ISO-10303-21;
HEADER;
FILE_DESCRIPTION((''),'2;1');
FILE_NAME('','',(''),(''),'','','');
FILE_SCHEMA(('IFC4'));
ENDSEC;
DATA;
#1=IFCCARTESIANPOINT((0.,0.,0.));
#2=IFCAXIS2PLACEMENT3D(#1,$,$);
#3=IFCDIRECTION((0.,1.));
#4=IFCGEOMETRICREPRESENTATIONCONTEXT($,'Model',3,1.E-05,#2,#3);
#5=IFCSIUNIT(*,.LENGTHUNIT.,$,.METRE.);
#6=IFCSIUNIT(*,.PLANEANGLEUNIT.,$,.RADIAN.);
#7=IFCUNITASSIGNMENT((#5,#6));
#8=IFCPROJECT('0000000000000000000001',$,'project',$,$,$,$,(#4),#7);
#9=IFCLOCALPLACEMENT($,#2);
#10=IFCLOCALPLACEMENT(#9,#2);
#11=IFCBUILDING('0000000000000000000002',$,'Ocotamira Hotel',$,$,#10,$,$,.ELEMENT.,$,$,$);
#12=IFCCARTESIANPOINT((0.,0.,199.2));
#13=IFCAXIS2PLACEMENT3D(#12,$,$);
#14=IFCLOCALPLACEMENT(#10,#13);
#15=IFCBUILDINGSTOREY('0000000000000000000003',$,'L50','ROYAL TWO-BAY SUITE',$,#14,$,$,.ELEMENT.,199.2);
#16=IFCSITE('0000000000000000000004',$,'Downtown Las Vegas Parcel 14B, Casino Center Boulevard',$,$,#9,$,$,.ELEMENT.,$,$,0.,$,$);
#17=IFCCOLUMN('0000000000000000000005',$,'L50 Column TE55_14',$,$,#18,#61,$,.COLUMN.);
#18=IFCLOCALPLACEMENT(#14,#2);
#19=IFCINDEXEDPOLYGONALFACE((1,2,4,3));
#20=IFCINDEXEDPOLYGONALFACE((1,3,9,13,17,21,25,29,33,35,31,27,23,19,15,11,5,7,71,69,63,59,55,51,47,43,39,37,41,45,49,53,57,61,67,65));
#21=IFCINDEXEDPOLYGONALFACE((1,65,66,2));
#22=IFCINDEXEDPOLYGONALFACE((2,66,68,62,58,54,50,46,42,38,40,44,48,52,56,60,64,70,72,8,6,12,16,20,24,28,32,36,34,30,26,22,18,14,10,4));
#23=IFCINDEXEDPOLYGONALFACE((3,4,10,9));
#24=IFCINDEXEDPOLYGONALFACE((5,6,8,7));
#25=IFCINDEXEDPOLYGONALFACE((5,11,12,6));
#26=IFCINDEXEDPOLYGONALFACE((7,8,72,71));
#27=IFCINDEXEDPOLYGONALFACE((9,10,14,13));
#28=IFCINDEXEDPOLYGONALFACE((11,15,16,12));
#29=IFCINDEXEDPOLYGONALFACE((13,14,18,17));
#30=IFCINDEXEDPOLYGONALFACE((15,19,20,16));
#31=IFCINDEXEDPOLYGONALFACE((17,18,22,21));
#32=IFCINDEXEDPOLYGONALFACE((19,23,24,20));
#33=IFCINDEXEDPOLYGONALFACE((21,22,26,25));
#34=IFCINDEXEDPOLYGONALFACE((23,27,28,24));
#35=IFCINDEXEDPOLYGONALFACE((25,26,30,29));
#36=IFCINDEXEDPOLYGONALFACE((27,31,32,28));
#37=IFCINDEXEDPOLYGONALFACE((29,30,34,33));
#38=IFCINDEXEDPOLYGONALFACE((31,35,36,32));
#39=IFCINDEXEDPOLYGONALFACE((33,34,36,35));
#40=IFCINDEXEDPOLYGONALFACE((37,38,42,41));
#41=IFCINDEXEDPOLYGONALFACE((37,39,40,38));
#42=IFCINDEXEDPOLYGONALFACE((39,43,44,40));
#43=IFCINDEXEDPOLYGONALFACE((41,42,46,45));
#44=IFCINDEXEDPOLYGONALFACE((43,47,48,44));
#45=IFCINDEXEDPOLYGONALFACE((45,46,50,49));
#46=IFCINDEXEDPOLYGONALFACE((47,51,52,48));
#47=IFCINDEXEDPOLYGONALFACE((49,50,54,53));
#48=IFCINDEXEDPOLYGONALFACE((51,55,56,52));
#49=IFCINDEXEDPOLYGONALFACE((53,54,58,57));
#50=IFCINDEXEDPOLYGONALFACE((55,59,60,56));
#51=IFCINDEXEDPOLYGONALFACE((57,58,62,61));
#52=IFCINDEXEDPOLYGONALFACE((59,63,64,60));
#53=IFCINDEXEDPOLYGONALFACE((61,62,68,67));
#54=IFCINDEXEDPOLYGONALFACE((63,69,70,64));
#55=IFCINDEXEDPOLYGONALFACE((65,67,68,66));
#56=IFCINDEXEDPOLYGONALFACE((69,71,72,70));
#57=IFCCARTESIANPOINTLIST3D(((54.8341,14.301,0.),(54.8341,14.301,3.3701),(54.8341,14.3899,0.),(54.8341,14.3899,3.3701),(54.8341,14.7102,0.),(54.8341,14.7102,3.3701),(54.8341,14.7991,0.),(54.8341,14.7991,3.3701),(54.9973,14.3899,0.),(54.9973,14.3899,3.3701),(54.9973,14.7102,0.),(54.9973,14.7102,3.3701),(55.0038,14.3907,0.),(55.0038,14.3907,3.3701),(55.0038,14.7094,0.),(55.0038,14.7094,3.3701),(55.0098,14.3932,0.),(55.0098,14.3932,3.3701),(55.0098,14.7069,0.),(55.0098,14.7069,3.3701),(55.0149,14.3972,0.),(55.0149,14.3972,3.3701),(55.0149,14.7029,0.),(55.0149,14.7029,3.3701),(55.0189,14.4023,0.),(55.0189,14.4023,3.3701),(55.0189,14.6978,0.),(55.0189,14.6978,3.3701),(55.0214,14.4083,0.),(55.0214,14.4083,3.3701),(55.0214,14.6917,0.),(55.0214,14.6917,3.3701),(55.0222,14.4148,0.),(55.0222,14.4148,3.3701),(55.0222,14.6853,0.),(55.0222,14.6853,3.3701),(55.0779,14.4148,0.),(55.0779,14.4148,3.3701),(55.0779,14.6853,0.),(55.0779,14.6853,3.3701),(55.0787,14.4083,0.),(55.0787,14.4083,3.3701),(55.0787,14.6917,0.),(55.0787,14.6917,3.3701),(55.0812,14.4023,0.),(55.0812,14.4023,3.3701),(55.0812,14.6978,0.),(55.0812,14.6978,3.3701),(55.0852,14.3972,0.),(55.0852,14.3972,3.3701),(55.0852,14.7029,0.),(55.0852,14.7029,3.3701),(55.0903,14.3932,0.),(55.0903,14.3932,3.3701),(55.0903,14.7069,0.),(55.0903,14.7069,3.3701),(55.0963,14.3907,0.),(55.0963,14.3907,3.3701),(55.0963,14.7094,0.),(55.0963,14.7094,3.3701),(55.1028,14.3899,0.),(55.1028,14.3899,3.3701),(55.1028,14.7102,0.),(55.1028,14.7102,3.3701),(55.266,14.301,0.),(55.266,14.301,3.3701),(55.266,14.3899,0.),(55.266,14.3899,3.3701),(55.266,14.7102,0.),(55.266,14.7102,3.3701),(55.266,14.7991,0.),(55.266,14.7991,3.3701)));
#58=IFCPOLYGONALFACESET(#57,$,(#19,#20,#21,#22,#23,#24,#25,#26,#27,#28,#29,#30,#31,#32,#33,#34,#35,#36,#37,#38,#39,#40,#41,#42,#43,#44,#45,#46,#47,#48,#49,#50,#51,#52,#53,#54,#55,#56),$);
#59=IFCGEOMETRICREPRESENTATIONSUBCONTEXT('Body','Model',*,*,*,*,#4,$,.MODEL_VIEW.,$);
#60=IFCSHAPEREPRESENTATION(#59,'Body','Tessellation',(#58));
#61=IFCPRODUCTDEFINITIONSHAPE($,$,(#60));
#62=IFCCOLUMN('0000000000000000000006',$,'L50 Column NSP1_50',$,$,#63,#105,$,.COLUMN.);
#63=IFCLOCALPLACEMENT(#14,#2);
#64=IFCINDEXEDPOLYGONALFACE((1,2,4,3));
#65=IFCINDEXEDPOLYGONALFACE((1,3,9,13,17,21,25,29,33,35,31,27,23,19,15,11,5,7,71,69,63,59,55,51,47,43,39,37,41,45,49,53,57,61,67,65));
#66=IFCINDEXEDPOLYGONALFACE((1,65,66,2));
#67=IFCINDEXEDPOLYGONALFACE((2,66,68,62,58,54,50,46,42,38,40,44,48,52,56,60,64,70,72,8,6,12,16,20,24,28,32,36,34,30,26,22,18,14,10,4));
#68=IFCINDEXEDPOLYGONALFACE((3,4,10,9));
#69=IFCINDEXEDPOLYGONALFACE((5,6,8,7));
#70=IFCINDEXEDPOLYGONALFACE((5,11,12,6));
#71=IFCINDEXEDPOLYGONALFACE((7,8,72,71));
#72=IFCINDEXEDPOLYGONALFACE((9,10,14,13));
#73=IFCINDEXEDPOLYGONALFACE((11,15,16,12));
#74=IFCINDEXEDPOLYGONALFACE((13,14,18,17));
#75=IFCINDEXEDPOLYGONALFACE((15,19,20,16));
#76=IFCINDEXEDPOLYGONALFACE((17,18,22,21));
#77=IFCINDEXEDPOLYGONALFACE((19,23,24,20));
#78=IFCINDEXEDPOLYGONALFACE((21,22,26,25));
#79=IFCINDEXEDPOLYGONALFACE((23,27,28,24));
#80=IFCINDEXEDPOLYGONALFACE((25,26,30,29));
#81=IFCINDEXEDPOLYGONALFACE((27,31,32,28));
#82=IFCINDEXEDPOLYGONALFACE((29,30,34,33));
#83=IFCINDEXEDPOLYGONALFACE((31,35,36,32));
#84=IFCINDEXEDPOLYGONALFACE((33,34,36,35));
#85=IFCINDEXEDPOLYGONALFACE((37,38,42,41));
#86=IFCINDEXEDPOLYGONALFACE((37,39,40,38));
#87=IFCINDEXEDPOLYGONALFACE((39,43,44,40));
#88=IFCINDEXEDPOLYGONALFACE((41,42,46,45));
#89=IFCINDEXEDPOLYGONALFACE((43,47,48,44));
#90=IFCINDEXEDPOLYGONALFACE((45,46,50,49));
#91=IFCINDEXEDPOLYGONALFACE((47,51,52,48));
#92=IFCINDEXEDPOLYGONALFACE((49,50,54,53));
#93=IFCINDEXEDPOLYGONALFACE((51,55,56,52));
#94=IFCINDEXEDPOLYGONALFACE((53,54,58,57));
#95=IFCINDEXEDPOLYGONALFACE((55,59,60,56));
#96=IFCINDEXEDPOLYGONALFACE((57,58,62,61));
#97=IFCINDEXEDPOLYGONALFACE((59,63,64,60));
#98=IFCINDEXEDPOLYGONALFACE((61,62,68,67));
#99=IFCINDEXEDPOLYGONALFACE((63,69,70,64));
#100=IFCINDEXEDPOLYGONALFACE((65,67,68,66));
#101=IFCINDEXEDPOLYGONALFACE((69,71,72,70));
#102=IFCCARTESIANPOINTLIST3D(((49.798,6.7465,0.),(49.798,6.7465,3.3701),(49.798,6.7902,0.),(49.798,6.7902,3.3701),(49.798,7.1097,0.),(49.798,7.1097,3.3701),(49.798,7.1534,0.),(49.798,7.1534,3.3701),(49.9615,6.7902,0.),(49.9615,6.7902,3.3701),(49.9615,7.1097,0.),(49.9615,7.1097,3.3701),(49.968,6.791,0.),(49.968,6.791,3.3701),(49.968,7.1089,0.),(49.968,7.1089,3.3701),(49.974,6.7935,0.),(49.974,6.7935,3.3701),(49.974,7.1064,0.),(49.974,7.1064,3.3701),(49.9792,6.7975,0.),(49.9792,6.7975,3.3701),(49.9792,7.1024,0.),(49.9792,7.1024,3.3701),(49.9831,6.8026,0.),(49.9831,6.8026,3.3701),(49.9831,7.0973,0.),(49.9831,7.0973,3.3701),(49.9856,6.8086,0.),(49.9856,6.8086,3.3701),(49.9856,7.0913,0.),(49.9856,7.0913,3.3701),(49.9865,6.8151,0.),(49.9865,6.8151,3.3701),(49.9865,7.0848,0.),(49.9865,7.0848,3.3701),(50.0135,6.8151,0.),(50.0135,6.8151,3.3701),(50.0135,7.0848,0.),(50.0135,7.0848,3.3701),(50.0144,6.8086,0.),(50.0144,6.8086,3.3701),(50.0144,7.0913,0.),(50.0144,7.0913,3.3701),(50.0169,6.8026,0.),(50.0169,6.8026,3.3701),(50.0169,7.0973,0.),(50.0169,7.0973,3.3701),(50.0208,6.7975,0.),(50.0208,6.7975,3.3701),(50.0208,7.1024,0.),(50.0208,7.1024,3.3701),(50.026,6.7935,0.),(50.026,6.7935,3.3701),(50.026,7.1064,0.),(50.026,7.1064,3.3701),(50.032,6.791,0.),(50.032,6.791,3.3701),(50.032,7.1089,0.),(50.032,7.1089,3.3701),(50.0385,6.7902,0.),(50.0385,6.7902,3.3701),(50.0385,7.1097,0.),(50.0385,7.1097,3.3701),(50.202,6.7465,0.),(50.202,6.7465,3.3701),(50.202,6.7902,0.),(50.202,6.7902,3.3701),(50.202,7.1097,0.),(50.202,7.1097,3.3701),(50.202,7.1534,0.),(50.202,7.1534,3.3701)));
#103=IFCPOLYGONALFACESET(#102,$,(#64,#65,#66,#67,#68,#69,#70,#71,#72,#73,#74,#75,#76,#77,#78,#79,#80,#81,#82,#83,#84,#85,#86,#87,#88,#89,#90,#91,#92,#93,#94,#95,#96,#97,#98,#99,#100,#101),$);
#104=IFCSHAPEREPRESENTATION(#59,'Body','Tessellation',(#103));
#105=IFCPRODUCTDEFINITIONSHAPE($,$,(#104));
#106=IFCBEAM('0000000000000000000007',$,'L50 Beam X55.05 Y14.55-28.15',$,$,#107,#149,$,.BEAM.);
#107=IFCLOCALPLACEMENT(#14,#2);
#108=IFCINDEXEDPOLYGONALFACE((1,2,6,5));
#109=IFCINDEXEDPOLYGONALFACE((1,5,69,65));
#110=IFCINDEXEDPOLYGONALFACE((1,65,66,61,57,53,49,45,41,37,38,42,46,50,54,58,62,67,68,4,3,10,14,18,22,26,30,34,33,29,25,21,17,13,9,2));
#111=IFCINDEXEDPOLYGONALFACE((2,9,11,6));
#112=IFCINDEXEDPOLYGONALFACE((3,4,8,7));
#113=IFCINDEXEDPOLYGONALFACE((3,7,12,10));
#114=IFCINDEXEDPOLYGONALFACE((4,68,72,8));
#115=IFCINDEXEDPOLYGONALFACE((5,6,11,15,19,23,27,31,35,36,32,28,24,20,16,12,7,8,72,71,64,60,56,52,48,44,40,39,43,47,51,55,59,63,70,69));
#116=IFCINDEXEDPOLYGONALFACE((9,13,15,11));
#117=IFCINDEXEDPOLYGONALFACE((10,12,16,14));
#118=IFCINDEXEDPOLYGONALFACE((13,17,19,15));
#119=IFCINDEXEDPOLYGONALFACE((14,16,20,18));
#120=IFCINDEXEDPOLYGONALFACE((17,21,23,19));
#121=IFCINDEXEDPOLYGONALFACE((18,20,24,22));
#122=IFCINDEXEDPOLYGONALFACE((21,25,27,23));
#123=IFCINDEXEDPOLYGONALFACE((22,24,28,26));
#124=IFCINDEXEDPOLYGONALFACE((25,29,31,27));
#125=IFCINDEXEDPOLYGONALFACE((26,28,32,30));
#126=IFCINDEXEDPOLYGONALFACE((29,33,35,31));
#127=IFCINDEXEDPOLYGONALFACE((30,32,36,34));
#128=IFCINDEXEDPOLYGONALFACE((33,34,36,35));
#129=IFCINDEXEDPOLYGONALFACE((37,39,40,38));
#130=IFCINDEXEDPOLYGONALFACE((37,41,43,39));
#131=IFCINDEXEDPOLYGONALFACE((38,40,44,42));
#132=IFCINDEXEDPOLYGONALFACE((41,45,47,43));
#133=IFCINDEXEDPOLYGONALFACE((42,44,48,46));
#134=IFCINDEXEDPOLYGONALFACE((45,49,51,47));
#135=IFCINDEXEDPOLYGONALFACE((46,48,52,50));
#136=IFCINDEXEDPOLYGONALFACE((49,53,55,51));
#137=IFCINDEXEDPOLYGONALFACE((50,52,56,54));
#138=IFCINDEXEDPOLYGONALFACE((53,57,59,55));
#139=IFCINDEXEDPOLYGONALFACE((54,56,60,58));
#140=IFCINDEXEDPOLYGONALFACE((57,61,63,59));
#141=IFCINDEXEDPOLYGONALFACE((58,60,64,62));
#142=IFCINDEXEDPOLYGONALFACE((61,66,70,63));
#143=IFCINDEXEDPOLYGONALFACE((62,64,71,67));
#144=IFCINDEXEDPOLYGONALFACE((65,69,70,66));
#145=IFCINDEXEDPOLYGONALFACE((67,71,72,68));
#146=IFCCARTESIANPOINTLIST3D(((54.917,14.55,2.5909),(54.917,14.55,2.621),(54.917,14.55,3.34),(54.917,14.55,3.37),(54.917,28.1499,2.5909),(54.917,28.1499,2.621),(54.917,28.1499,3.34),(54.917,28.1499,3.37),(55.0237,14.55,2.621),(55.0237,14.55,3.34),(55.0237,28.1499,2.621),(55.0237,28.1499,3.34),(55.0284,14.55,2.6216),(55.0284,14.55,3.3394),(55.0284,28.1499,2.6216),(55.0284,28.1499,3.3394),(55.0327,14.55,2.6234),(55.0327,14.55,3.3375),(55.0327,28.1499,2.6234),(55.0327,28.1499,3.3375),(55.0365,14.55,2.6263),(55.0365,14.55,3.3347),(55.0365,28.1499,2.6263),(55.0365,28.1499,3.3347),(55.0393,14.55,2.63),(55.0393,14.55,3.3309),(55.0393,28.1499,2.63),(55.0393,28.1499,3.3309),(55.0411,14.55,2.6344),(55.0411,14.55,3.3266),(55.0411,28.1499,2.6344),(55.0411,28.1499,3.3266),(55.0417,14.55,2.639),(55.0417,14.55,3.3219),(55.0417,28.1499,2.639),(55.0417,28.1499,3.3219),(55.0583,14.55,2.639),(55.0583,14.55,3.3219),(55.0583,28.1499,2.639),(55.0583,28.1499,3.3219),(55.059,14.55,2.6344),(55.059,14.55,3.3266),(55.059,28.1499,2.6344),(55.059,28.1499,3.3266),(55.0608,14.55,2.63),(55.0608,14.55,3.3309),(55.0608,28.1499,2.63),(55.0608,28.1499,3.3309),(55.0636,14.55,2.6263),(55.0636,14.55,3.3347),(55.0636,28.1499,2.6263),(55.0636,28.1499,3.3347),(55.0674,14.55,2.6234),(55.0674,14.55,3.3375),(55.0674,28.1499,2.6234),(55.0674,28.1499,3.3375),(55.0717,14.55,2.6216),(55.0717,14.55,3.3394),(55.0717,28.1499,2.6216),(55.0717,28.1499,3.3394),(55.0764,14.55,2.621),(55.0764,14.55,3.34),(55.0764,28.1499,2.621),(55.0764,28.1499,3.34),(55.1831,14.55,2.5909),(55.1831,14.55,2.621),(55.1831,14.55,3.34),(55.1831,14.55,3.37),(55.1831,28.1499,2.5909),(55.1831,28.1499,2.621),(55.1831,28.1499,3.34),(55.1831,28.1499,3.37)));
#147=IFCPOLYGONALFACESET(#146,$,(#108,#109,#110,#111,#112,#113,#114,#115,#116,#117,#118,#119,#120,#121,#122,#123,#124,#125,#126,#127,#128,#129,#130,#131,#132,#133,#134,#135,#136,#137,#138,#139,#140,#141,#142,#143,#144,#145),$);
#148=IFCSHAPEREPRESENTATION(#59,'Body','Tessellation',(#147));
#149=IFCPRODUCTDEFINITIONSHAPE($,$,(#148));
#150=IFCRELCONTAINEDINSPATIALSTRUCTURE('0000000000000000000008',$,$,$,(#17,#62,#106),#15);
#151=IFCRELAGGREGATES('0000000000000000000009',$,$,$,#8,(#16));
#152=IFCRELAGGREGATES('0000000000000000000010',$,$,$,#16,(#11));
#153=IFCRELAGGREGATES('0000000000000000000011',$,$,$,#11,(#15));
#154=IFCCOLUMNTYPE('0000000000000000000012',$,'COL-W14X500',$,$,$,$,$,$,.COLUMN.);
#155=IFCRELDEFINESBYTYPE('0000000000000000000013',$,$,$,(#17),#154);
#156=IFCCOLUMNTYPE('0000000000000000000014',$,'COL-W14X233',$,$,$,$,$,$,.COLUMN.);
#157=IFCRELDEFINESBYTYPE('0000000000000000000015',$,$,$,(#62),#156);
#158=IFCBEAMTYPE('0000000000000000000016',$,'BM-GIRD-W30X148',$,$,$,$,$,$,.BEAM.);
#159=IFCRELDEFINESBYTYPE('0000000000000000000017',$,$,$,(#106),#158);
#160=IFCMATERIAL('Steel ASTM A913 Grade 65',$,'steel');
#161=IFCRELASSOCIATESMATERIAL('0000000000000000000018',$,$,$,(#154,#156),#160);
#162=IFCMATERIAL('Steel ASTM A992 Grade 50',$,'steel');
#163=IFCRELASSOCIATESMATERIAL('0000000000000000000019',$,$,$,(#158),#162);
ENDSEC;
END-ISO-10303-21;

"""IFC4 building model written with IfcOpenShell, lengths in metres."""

from ifc_helpers import new_model, si_unit, direction, frame, origin, origin_2d, place, context, subcontext, project, spatial, i_section, extrude, source, transform, mapped, material, material_profile, profile_set, type_object, element, save


model = new_model("IFC4")

# Units and contexts
model_context = context("Model", 3, precision=1e-05, world=origin(), true_north=direction((0.0, 1.0)))
body_context = subcontext(model_context, "Body", "Model", "MODEL_VIEW")
ifc_project = project(units=[si_unit("LENGTHUNIT", "METRE"), si_unit("PLANEANGLEUNIT", "RADIAN")], contexts=[model_context])

# Site, building, storey
site_placement = place(None, origin())
site = spatial("IfcSite", under=ifc_project, at=site_placement, Name="Downtown Las Vegas Parcel 14B, Casino Center Boulevard", CompositionType="ELEMENT", RefElevation=0.0)
building_placement = place(site_placement, origin())
building = spatial("IfcBuilding", under=site, at=building_placement, Name="Ocotamira Hotel", CompositionType="ELEMENT")
storey_placement = place(building_placement, frame((0.0, 0.0, 199.2)))
storey = spatial("IfcBuildingStorey", under=building, at=storey_placement, Name="L50", Description="ROYAL TWO-BAY SUITE", CompositionType="ELEMENT", Elevation=199.2)

# Columns
ifc_material_1 = material(Name="Steel ASTM A913 Grade 65", Category="steel")
ifc_material_profile_1 = material_profile(ifc_material_1, i_section(OverallWidth=0.4319, OverallDepth=0.498, WebThickness=0.0557, FlangeThickness=0.0889, FilletRadius=0.0249, at=origin_2d()), Name="W14X500")
ifc_profile_set_1 = profile_set([ifc_material_profile_1], Name="Steel ASTM A913 Grade 65")
column_type_1 = type_object("IfcColumnType", Name="COL-W14X500", PredefinedType="COLUMN", material=ifc_profile_set_1)
shared_shape_1 = source(origin(), body_context, "Body", "SweptSolid", [
    extrude(i_section(OverallWidth=0.4319, OverallDepth=0.498, WebThickness=0.0557, FlangeThickness=0.0889, FilletRadius=0.0249, at=origin_2d()), origin(), (0.0, 0.0, 1.0), 3.3701),
])
column_1_placement = place(storey_placement, frame((55.05, 14.55, 0.0), z_axis=(0.0, 0.0, 1.0), x_axis=(1.0, 0.0, 0.0)))
element("IfcColumn", 1, at=column_1_placement, inside=storey, type_object=column_type_1, Name="L50 Column TE55_14", PredefinedType="COLUMN", context=body_context, shape_type="MappedRepresentation", body=[
    mapped(shared_shape_1, transform((0.0, 0.0, 0.0), scale=1.0)),
])
ifc_material_profile_2 = material_profile(ifc_material_1, i_section(OverallWidth=0.4041, OverallDepth=0.407, WebThickness=0.0271, FlangeThickness=0.0437, FilletRadius=0.0249, at=origin_2d()), Name="W14X233")
ifc_profile_set_2 = profile_set([ifc_material_profile_2], Name="Steel ASTM A913 Grade 65")
column_type_2 = type_object("IfcColumnType", Name="COL-W14X233", PredefinedType="COLUMN", material=ifc_profile_set_2)
shared_shape_2 = source(origin(), body_context, "Body", "SweptSolid", [
    extrude(i_section(OverallWidth=0.4041, OverallDepth=0.407, WebThickness=0.0271, FlangeThickness=0.0437, FilletRadius=0.0249, at=origin_2d()), origin(), (0.0, 0.0, 1.0), 3.3701),
])
column_2_placement = place(storey_placement, frame((50.0, 6.95, 0.0), z_axis=(0.0, 0.0, 1.0), x_axis=(1.0, 0.0, 0.0)))
element("IfcColumn", 2, at=column_2_placement, inside=storey, type_object=column_type_2, Name="L50 Column NSP1_50", PredefinedType="COLUMN", context=body_context, shape_type="MappedRepresentation", body=[
    mapped(shared_shape_2, transform((0.0, 0.0, 0.0), scale=1.0)),
])

# Beam
ifc_material_2 = material(Name="Steel ASTM A992 Grade 50", Category="steel")
ifc_material_profile_3 = material_profile(ifc_material_2, i_section(OverallWidth=0.2661, OverallDepth=0.7791, WebThickness=0.0166, FlangeThickness=0.03, FilletRadius=0.0181, at=origin_2d()), Name="W30X148")
ifc_profile_set_3 = profile_set([ifc_material_profile_3], Name="Steel ASTM A992 Grade 50")
beam_type_1 = type_object("IfcBeamType", Name="BM-GIRD-W30X148", PredefinedType="BEAM", material=ifc_profile_set_3)
shared_shape_3 = source(origin(), body_context, "Body", "SweptSolid", [
    extrude(i_section(OverallWidth=0.2661, OverallDepth=0.7791, WebThickness=0.0166, FlangeThickness=0.03, FilletRadius=0.0181, at=origin_2d()), origin(), (0.0, 0.0, 1.0), 13.5999),
])
beam_1_placement = place(storey_placement, frame((55.05, 14.55, 2.9805), z_axis=(0.0, 1.0, 0.0), x_axis=(-1.0, 0.0, 0.0)))
element("IfcBeam", 3, at=beam_1_placement, inside=storey, type_object=beam_type_1, Name="L50 Beam X55.05 Y14.55-28.15", PredefinedType="BEAM", context=body_context, shape_type="MappedRepresentation", body=[
    mapped(shared_shape_3, transform((0.0, 0.0, 0.0), scale=1.0)),
])

save(model, "model.ifc")
